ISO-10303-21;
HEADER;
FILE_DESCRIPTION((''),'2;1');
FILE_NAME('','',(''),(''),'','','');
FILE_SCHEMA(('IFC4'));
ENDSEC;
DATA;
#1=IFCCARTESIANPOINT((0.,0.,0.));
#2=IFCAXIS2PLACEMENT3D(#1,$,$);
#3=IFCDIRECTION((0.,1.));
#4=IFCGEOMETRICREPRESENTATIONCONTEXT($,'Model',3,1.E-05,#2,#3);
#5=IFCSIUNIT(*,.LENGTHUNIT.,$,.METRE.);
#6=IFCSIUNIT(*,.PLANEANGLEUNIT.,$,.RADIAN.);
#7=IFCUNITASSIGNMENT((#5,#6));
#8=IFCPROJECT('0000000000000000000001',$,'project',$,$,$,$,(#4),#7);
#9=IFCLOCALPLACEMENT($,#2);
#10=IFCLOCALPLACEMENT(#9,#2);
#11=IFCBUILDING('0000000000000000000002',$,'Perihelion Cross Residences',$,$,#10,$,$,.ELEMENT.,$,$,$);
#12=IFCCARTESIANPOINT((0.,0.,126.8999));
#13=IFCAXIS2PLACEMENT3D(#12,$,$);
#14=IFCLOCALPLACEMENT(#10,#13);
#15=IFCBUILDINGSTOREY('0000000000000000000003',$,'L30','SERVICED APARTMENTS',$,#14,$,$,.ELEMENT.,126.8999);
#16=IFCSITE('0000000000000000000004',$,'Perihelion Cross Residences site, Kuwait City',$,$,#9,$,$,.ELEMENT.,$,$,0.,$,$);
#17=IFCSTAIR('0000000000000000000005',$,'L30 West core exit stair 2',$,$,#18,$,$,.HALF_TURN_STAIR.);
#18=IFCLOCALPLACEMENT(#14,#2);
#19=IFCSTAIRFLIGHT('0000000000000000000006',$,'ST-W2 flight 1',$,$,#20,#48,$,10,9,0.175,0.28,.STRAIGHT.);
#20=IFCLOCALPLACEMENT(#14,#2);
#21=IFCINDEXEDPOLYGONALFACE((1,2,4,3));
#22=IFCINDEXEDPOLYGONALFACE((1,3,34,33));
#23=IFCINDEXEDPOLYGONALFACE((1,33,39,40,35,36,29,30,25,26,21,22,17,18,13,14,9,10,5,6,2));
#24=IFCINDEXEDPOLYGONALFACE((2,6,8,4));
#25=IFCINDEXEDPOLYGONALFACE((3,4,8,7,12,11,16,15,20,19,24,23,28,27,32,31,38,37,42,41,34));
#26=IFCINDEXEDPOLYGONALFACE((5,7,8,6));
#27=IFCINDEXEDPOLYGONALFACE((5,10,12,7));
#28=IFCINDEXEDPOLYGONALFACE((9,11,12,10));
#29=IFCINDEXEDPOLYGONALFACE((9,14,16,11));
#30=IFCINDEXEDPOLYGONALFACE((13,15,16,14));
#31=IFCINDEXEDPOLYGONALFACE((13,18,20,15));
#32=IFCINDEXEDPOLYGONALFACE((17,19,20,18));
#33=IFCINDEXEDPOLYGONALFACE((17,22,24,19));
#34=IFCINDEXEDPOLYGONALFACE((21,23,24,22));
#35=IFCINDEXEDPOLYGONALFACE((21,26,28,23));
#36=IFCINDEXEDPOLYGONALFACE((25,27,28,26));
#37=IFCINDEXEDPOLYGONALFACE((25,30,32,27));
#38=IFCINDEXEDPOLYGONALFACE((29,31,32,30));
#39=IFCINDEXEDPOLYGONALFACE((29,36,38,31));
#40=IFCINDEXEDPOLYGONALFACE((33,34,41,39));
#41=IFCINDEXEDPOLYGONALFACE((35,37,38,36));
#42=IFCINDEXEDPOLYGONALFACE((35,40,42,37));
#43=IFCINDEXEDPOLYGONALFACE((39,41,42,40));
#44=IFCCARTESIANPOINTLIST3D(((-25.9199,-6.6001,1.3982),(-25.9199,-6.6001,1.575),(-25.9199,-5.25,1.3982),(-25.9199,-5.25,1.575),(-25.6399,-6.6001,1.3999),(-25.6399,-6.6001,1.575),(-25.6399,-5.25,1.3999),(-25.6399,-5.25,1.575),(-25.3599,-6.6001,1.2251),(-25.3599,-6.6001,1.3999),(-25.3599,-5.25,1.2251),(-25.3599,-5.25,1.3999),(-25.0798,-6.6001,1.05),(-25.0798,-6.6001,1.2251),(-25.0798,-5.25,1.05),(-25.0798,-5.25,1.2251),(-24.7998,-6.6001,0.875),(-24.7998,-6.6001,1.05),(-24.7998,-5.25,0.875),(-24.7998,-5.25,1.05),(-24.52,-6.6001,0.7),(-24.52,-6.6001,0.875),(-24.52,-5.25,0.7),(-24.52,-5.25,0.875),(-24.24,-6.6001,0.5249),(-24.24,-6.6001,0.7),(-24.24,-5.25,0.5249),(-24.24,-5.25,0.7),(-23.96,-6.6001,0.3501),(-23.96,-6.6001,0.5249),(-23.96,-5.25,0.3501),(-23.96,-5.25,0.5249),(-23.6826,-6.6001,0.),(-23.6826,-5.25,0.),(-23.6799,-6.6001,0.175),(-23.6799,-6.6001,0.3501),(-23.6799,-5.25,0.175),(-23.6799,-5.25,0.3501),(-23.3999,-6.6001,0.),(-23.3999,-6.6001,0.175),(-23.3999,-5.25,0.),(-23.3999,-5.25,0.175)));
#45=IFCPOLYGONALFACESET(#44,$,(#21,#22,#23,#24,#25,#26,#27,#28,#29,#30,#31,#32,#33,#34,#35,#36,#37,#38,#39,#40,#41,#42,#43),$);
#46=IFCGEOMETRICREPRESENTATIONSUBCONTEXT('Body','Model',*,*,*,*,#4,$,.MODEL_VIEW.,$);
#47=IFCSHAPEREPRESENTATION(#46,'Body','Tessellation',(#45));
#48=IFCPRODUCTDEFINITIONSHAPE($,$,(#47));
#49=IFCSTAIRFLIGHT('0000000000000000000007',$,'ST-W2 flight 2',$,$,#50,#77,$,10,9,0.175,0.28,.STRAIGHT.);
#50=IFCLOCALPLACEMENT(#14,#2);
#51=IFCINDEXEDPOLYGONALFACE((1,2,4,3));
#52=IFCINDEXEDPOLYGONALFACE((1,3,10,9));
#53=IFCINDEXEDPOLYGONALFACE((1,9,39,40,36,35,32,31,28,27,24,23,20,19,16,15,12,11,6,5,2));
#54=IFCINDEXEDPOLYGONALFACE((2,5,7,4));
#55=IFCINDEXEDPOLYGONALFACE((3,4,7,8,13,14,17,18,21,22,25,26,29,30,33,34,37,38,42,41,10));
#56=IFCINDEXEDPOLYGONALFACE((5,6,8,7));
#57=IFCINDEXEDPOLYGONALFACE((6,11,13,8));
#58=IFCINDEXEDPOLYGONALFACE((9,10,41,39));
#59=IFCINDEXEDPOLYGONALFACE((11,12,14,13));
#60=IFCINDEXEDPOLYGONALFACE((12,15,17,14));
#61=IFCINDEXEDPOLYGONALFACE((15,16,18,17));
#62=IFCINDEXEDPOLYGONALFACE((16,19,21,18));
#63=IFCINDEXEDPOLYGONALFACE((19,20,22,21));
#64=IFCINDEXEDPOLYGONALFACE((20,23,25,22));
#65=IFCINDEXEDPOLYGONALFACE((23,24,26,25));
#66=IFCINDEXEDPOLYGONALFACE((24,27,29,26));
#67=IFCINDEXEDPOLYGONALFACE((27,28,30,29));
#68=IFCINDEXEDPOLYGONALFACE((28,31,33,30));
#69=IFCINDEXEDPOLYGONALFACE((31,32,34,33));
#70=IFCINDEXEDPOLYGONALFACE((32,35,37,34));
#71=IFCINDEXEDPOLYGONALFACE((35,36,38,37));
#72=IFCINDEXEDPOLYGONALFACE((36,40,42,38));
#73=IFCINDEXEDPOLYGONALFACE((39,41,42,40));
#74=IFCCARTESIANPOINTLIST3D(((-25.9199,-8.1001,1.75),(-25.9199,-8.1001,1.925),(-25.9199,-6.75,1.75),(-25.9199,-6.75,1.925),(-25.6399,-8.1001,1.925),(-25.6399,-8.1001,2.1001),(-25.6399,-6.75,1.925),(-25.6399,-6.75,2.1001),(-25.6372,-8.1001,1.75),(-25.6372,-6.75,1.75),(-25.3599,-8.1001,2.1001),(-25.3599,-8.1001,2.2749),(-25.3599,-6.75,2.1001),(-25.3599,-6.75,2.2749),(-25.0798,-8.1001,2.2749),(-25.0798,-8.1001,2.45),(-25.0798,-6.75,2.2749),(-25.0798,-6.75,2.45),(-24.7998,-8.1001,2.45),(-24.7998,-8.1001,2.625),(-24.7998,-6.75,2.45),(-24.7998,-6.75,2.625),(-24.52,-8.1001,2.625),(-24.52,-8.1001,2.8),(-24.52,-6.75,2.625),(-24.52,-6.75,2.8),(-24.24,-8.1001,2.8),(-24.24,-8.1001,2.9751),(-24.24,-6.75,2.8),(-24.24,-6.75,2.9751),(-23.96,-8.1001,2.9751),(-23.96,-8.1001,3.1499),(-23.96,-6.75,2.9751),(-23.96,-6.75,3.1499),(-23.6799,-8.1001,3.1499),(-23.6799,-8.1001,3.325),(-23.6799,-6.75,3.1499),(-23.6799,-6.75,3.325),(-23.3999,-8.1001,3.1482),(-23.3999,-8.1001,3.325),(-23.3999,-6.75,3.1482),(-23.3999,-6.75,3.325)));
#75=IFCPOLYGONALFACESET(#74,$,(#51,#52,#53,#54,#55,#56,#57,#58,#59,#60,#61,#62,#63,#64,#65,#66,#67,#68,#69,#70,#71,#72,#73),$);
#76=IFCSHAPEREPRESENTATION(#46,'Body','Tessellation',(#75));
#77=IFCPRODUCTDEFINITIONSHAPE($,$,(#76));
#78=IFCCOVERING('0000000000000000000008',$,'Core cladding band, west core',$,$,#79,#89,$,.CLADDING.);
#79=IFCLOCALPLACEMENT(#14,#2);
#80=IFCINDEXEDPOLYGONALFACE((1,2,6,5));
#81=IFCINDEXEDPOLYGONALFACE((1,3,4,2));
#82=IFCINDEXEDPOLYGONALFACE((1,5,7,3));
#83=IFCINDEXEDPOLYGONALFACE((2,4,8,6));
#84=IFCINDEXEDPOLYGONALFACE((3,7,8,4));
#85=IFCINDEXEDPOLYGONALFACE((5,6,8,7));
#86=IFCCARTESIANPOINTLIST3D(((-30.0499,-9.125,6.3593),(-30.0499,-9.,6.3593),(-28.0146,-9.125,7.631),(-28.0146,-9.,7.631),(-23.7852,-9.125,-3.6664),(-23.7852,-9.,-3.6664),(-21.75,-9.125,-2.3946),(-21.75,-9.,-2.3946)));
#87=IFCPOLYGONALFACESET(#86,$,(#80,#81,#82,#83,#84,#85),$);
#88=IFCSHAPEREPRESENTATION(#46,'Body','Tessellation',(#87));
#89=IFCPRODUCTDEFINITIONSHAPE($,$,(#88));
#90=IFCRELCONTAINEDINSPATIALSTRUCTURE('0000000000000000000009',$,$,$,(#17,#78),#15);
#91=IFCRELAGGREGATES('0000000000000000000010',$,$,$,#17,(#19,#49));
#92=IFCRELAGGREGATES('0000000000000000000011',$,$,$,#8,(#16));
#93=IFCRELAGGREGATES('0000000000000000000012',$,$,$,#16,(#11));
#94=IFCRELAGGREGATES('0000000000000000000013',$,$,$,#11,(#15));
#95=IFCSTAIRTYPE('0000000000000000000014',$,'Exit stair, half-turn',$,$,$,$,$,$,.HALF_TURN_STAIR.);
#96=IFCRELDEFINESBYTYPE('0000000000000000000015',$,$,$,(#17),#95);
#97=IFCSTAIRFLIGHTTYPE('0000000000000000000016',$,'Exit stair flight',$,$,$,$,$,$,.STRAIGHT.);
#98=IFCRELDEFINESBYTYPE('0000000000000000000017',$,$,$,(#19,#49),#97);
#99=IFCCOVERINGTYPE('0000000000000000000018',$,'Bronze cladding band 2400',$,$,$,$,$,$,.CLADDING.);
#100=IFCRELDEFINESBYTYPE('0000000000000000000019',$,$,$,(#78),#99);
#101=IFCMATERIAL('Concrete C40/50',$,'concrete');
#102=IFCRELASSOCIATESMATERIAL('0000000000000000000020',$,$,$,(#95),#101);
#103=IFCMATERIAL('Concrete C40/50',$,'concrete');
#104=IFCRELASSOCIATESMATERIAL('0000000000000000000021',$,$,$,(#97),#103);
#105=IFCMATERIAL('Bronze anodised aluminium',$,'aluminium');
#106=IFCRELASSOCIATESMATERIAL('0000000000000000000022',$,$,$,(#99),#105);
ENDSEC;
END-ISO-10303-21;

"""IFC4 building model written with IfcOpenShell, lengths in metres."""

from ifc_helpers import new_model, si_unit, direction, frame, origin, origin_2d, place, context, subcontext, project, spatial, polyline, rectangle, outline, extrude, material, material_profile, profile_set, type_object, element, aggregate, save


model = new_model("IFC4")

# Units and contexts
model_context = context("Model", 3, precision=1e-05, world=origin(), true_north=direction((0.0, 1.0)))
body_context = subcontext(model_context, "Body", "Model", "MODEL_VIEW")
ifc_project = project(units=[si_unit("LENGTHUNIT", "METRE"), si_unit("PLANEANGLEUNIT", "RADIAN")], contexts=[model_context])

# Site, building, storey
site_placement = place(None, origin())
site = spatial("IfcSite", under=ifc_project, at=site_placement, Name="Perihelion Cross Residences site, Kuwait City", CompositionType="ELEMENT", RefElevation=0.0)
building_placement = place(site_placement, origin())
building = spatial("IfcBuilding", under=site, at=building_placement, Name="Perihelion Cross Residences", CompositionType="ELEMENT")
storey_placement = place(building_placement, frame((0.0, 0.0, 126.8999)))
storey = spatial("IfcBuildingStorey", under=building, at=storey_placement, Name="L30", Description="SERVICED APARTMENTS", CompositionType="ELEMENT", Elevation=126.8999)

# Stair, stair flights
ifc_material_1 = material(Name="Concrete C40/50", Category="concrete")
stair_type = type_object("IfcStairType", Name="Exit stair, half-turn", PredefinedType="HALF_TURN_STAIR", material=ifc_material_1)
stair_placement = place(storey_placement, origin())
stair = element("IfcStair", 1, at=stair_placement, inside=storey, type_object=stair_type, Name="L30 West core exit stair 2", PredefinedType="HALF_TURN_STAIR")
ifc_material_2 = material(Name="Concrete C40/50", Category="concrete")
stair_flight_type = type_object("IfcStairFlightType", Name="Exit stair flight", PredefinedType="STRAIGHT", material=ifc_material_2)
stair_flight_1_placement = place(storey_placement, frame((-23.3999, -5.925, 0.0), z_axis=(0.0, 0.0, 1.0), x_axis=(-1.0, 0.0, 0.0)))
stair_flight_1 = element("IfcStairFlight", 2, at=stair_flight_1_placement, type_object=stair_flight_type, Name="ST-W2 flight 1", NumberOfRisers=10, NumberOfTreads=9, PredefinedType="STRAIGHT", RiserHeight=0.175, TreadLength=0.28, context=body_context, shape_type="SweptSolid", body=[
    extrude(outline(polyline([(0.0, 0.0), (0.0, 0.175), (0.28, 0.175), (0.28, 0.3501), (0.5601, 0.3501), (0.5601, 0.5249), (0.8401, 0.5249), (0.8401, 0.7), (1.1201, 0.7), (1.1201, 0.875), (1.3999, 0.875), (1.3999, 1.05), (1.6799, 1.05), (1.6799, 1.2251), (1.96, 1.2251), (1.96, 1.3999), (2.24, 1.3999), (2.24, 1.575), (2.52, 1.575), (2.52, 1.75), (2.52, 1.3982), (0.2827, 0.0), (0.0, 0.0)])), frame((0.0, 0.675, 0.0), z_axis=(0.0, -1.0, 0.0), x_axis=(1.0, 0.0, 0.0)), (0.0, 0.0, 1.0), 1.3501),
])
stair_flight_2_placement = place(storey_placement, frame((-25.9199, -7.425, 1.75), z_axis=(0.0, 0.0, 1.0), x_axis=(1.0, 0.0, 0.0)))
stair_flight_2 = element("IfcStairFlight", 3, at=stair_flight_2_placement, type_object=stair_flight_type, Name="ST-W2 flight 2", NumberOfRisers=10, NumberOfTreads=9, PredefinedType="STRAIGHT", RiserHeight=0.175, TreadLength=0.28, context=body_context, shape_type="SweptSolid", body=[
    extrude(outline(polyline([(0.0, 0.0), (0.0, 0.175), (0.28, 0.175), (0.28, 0.3501), (0.5601, 0.3501), (0.5601, 0.5249), (0.8401, 0.5249), (0.8401, 0.7), (1.1201, 0.7), (1.1201, 0.875), (1.3999, 0.875), (1.3999, 1.05), (1.6799, 1.05), (1.6799, 1.2251), (1.96, 1.2251), (1.96, 1.3999), (2.24, 1.3999), (2.24, 1.575), (2.52, 1.575), (2.52, 1.75), (2.52, 1.3982), (0.2827, 0.0), (0.0, 0.0)])), frame((0.0, 0.675, 0.0), z_axis=(0.0, -1.0, 0.0), x_axis=(1.0, 0.0, 0.0)), (0.0, 0.0, 1.0), 1.3501),
])
aggregate(stair, [stair_flight_1, stair_flight_2])

# Covering
ifc_material_3 = material(Name="Bronze anodised aluminium", Category="aluminium")
ifc_material_profile_1 = material_profile(ifc_material_3, rectangle(XDim=0.125, YDim=2.3999, at=origin_2d()), Name="Bronze cladding band 2400")
ifc_profile_set_1 = profile_set([ifc_material_profile_1], Name="Bronze anodised aluminium")
covering_type = type_object("IfcCoveringType", Name="Bronze cladding band 2400", PredefinedType="CLADDING", material=ifc_profile_set_1)
covering_placement = place(storey_placement, frame((-22.7676, -9.0625, -3.0305), z_axis=(-0.529915, 0.0, 0.848051), x_axis=(0.0, -1.0, 0.0)))
element("IfcCovering", 4, at=covering_placement, inside=storey, type_object=covering_type, Name="Core cladding band, west core", PredefinedType="CLADDING", context=body_context, shape_type="SweptSolid", body=[
    extrude(rectangle(XDim=0.125, YDim=2.3999, at=origin_2d()), origin(), (0.0, 0.0, 1.0), 11.822),
])

save(model, "model.ifc")
